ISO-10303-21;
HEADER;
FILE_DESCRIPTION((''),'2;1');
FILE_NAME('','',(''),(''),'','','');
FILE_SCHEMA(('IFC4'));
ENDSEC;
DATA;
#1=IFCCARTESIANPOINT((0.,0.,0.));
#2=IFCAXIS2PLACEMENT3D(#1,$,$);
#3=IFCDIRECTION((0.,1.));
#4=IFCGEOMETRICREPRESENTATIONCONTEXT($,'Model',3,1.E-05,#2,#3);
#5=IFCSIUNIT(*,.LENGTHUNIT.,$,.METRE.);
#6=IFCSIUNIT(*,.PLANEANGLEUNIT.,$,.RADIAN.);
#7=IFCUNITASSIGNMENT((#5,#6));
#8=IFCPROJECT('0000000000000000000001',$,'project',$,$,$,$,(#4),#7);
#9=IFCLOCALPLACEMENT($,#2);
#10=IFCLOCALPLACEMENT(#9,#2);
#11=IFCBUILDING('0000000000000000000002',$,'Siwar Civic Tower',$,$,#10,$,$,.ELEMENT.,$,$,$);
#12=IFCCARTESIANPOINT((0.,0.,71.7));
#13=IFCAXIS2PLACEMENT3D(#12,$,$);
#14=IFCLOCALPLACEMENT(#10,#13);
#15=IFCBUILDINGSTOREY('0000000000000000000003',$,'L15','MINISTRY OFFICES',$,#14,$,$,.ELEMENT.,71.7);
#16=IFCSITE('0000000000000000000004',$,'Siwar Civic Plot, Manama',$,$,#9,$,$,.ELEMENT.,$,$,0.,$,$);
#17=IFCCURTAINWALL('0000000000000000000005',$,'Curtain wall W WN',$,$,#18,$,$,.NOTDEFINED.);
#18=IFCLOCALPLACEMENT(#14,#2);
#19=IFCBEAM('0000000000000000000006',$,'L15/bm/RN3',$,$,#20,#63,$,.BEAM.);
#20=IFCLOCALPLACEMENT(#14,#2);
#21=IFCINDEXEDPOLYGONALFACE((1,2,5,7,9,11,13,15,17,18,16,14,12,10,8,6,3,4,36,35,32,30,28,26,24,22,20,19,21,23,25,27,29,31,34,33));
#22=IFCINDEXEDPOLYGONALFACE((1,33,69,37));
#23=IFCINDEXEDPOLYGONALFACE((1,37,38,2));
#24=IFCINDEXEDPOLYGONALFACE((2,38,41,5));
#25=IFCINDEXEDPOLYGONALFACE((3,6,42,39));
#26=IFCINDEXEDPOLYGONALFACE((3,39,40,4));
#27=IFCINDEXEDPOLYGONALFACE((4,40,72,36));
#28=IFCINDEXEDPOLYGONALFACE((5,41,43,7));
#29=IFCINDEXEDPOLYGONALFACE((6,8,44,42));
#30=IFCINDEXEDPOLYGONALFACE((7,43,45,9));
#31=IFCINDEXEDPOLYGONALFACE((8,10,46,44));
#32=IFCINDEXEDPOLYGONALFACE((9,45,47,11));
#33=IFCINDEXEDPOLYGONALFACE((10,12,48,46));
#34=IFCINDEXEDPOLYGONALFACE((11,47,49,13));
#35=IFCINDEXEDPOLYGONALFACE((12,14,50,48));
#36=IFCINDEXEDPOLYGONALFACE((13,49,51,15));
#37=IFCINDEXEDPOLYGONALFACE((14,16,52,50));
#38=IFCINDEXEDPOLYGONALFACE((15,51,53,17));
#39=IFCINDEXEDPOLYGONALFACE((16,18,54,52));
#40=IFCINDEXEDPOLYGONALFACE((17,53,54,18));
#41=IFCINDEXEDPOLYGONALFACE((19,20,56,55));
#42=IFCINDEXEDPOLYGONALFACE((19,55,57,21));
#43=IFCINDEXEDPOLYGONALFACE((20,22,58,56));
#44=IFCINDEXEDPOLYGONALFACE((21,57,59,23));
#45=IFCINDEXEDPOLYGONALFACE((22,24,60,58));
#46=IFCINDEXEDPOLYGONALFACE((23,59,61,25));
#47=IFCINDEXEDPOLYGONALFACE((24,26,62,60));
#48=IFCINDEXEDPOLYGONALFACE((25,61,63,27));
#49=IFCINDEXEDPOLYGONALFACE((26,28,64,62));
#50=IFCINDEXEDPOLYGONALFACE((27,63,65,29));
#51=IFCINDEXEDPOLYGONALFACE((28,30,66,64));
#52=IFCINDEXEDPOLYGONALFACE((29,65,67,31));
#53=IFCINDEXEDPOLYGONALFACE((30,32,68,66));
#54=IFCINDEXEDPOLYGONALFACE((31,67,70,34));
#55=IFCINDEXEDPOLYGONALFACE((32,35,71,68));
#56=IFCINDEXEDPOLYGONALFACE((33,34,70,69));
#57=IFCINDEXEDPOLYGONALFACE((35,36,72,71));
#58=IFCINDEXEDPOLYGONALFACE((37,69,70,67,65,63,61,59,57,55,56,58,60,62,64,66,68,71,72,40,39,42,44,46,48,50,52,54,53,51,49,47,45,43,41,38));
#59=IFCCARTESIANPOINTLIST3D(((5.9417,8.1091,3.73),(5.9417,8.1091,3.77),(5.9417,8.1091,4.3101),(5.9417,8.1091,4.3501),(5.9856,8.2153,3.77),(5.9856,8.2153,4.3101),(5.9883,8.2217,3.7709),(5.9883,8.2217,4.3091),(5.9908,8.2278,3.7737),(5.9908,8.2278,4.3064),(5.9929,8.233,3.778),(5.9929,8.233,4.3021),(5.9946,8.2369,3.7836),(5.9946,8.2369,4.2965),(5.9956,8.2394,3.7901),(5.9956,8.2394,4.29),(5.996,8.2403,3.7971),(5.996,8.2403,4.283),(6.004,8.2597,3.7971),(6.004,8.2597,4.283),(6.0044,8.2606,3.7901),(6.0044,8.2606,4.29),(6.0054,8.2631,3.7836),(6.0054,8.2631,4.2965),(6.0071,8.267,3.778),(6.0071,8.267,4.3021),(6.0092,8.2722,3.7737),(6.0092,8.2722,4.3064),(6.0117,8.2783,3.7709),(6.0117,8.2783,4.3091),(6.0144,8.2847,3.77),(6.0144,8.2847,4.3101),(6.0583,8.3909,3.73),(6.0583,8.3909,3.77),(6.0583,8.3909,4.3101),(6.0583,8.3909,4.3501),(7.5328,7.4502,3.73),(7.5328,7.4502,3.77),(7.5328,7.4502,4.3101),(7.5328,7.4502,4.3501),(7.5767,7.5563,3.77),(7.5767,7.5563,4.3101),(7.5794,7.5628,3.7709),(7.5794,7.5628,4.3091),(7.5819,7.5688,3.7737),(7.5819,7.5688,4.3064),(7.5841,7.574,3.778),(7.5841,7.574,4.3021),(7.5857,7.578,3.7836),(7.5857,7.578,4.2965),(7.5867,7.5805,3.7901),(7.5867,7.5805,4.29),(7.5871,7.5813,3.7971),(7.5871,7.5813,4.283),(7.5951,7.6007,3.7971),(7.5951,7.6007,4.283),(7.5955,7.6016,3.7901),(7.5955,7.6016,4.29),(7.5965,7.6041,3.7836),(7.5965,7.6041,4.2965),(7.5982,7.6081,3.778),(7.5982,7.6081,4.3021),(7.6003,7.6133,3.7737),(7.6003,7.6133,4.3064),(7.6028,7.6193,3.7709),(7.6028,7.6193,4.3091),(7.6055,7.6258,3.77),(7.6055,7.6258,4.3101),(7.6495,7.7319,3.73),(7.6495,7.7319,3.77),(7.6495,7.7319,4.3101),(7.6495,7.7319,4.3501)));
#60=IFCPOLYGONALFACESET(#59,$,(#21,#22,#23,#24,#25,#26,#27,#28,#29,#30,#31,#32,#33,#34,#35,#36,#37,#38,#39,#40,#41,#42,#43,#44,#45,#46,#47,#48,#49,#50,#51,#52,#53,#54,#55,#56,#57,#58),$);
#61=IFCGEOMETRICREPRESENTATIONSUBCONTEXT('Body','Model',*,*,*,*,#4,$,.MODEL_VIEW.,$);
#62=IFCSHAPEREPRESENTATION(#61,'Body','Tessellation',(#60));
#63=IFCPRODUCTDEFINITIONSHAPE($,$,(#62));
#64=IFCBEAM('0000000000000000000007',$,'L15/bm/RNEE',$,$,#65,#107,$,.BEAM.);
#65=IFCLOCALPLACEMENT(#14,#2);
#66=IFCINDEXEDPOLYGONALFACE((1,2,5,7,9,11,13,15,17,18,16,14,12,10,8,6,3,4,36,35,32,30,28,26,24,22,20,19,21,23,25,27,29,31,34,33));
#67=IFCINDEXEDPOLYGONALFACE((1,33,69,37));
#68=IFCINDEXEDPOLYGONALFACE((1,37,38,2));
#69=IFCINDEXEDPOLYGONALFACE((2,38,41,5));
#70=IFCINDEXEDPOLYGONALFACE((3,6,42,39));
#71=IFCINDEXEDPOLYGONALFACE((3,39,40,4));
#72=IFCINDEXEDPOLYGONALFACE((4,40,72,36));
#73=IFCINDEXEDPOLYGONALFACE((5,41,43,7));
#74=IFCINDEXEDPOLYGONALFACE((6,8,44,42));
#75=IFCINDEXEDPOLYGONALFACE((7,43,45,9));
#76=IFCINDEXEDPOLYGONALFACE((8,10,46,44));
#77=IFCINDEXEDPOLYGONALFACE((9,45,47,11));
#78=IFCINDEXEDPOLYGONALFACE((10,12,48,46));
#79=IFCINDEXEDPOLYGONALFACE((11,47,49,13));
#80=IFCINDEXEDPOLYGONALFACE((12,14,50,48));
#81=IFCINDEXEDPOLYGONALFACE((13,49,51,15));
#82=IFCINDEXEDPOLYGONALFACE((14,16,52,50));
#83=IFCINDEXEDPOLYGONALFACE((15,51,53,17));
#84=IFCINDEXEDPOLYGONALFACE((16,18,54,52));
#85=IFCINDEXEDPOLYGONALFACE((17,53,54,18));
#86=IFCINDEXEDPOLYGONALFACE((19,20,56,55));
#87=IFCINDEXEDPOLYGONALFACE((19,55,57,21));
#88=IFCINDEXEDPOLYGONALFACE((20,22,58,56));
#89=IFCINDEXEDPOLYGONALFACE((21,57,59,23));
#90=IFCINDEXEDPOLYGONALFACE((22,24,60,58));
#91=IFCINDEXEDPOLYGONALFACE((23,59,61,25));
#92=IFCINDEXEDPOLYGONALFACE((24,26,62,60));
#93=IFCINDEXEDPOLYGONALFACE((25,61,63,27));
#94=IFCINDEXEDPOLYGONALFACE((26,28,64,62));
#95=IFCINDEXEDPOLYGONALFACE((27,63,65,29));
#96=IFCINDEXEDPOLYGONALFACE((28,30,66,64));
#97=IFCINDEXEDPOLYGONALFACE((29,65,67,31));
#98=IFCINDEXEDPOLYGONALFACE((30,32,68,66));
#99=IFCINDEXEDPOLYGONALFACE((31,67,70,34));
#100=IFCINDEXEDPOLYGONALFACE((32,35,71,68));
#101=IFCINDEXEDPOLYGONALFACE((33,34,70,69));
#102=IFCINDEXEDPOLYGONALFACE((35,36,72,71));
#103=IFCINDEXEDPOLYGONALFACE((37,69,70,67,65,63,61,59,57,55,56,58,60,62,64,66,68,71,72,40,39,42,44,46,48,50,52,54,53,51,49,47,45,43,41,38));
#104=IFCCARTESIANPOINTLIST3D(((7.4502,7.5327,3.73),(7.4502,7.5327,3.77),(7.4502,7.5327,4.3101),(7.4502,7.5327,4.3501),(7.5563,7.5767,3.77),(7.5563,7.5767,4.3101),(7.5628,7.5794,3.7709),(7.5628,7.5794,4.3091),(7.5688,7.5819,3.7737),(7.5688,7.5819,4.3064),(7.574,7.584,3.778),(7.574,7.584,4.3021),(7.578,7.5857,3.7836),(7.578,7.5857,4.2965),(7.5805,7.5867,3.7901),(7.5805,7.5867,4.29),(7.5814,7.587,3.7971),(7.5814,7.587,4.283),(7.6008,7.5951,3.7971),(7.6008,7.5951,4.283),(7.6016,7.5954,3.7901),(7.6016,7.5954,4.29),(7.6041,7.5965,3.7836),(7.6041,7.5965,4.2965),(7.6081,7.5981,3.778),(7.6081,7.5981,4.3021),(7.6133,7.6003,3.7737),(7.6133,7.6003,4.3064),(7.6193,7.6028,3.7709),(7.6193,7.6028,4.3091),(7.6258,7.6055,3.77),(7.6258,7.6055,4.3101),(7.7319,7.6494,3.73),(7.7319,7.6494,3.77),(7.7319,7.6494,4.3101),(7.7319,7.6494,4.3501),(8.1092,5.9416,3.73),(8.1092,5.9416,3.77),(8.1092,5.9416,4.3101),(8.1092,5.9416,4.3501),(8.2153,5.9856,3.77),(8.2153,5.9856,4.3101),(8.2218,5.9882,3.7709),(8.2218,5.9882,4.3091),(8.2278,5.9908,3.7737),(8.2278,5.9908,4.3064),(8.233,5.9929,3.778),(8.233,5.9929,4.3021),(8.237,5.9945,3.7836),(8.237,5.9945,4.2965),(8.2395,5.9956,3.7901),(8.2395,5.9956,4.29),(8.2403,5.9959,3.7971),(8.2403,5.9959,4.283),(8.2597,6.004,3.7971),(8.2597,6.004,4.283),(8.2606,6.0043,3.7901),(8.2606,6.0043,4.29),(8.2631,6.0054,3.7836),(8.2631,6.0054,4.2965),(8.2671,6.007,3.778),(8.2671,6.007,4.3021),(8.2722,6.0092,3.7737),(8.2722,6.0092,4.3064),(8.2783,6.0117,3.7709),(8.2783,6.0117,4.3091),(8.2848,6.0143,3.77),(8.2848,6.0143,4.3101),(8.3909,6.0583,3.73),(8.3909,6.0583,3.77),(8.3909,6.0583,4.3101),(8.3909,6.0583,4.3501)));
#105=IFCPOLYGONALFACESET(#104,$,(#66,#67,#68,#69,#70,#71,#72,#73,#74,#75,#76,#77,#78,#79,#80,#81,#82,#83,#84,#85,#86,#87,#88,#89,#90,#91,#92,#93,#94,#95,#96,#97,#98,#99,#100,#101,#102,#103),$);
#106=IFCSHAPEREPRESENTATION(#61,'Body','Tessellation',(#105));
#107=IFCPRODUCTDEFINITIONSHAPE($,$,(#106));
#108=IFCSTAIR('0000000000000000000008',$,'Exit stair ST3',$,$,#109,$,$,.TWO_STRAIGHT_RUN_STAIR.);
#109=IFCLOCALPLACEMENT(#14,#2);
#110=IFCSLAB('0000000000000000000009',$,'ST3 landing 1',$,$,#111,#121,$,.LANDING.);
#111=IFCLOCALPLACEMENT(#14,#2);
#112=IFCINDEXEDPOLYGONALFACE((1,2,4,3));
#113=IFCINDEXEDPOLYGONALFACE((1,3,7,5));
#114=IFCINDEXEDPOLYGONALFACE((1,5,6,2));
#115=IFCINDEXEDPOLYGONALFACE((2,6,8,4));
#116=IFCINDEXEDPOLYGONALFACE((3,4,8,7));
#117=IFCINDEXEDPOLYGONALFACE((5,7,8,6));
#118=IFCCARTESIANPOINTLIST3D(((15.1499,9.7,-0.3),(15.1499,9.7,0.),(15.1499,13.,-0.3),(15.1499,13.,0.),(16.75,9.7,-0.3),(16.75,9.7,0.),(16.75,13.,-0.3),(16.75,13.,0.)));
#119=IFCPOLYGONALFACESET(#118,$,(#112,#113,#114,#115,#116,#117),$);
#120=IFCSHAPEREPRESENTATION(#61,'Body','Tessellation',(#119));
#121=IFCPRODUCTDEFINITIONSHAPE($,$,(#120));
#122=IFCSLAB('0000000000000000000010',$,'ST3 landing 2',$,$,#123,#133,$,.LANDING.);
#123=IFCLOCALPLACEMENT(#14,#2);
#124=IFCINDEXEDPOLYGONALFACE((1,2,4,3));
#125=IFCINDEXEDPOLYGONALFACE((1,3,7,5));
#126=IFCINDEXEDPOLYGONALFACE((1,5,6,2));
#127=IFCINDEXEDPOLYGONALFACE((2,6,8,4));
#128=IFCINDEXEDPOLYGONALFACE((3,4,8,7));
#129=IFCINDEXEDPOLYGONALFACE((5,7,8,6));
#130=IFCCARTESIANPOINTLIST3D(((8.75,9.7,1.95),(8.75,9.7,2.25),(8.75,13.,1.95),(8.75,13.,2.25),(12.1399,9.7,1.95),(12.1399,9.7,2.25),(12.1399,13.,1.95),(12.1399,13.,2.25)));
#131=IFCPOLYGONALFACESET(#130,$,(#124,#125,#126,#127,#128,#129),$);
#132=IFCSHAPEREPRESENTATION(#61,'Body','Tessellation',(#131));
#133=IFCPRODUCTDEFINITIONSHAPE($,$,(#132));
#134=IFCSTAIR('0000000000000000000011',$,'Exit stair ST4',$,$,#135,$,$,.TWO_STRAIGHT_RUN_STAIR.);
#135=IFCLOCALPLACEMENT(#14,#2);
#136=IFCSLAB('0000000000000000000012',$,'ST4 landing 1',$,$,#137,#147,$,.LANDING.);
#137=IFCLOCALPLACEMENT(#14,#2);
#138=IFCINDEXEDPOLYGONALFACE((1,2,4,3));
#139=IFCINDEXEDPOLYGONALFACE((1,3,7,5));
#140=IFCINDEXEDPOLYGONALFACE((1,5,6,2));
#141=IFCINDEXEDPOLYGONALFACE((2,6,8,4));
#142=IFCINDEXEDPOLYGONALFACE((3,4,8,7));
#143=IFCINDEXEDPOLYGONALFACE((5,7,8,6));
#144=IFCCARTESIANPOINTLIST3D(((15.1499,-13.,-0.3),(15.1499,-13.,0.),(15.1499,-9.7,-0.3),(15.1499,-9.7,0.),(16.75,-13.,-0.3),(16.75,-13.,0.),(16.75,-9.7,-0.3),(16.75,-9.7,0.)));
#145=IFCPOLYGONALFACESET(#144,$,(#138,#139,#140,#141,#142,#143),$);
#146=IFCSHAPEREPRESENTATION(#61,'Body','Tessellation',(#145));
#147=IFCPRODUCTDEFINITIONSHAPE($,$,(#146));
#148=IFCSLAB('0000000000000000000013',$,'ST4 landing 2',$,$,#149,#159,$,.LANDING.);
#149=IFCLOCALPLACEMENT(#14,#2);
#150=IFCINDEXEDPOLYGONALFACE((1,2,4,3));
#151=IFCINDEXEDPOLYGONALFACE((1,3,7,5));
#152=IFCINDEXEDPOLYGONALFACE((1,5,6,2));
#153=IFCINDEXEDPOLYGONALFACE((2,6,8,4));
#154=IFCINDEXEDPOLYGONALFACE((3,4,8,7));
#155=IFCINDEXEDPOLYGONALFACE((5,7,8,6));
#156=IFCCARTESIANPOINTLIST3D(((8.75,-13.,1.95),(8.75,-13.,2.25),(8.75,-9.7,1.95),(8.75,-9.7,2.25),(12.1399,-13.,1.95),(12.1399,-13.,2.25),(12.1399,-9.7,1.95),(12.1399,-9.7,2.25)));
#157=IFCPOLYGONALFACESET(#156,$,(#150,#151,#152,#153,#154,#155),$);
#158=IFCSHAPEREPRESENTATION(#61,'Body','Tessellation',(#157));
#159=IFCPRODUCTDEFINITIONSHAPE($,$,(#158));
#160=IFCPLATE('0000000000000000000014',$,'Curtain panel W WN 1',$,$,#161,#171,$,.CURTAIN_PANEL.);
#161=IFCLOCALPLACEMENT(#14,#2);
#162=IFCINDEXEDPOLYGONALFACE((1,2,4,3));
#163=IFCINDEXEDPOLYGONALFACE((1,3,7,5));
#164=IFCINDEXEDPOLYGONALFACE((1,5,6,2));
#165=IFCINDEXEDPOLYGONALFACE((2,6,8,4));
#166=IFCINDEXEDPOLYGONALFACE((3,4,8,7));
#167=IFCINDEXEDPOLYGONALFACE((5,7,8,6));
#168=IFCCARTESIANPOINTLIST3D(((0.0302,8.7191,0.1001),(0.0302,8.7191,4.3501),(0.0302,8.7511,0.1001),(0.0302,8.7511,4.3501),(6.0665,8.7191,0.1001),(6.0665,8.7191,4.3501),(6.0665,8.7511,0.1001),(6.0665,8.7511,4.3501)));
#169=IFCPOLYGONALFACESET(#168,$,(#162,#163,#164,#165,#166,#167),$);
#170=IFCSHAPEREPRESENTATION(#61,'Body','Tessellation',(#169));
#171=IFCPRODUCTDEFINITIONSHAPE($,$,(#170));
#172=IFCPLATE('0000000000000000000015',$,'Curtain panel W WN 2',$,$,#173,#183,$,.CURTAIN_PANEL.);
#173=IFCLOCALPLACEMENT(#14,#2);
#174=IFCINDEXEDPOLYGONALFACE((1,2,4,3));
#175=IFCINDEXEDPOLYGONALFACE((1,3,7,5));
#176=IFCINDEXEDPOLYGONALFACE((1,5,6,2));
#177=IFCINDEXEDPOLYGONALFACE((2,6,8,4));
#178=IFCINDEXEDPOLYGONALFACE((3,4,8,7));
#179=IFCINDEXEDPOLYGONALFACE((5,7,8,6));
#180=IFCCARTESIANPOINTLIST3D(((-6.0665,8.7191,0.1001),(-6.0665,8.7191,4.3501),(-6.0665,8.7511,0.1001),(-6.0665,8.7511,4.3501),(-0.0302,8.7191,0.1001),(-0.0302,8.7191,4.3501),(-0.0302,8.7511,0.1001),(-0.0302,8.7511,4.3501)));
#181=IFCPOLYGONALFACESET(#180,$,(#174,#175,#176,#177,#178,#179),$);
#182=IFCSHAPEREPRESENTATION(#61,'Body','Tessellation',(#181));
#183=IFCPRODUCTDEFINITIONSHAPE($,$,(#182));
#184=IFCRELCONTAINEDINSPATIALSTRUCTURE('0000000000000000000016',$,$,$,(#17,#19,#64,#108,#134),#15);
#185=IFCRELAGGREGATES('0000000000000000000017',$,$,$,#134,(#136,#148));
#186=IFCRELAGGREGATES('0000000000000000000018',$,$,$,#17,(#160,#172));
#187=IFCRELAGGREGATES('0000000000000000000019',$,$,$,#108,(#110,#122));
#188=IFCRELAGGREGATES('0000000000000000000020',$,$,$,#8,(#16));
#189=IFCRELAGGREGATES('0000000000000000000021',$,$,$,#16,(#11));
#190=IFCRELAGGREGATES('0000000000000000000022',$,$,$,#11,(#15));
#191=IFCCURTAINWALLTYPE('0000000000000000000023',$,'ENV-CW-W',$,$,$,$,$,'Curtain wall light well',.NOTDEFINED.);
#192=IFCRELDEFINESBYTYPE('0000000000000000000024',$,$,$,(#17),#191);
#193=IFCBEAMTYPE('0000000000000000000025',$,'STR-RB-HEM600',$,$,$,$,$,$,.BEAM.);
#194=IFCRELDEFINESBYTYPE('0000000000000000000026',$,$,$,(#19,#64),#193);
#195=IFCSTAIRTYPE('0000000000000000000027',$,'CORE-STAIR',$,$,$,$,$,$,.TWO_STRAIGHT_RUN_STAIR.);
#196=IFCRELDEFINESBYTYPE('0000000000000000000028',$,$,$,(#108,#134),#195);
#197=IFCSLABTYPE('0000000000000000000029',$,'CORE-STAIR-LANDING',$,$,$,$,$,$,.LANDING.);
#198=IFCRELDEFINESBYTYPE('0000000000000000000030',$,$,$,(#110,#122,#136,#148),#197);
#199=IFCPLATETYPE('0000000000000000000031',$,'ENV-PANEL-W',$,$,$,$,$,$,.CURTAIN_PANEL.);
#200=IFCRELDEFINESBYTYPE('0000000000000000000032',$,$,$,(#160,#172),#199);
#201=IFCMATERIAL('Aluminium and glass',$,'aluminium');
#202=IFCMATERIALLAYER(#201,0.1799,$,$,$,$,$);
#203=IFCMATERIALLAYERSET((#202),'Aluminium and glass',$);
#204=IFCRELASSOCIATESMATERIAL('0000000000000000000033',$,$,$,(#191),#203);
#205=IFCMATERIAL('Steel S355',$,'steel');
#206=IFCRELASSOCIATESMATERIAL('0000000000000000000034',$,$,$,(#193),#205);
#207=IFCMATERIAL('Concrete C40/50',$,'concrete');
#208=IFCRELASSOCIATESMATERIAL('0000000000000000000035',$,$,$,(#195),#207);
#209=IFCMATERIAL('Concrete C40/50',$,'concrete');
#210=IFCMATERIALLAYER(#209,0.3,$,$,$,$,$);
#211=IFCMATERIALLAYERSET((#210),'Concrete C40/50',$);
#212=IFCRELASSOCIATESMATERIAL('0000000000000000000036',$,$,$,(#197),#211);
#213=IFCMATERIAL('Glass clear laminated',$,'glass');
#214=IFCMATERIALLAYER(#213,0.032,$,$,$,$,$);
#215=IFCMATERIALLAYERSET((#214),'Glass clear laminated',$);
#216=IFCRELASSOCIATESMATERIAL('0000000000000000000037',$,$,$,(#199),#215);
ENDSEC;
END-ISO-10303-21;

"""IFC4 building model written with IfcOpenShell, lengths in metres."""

from ifc_helpers import new_model, si_unit, direction, frame, origin, origin_2d, place, context, subcontext, project, spatial, polyline, rectangle, i_section, outline, extrude, material, layer, layer_set, material_profile, profile_set, type_object, element, aggregate, save


model = new_model("IFC4")

# Units and contexts
model_context = context("Model", 3, precision=1e-05, world=origin(), true_north=direction((0.0, 1.0)))
body_context = subcontext(model_context, "Body", "Model", "MODEL_VIEW")
ifc_project = project(units=[si_unit("LENGTHUNIT", "METRE"), si_unit("PLANEANGLEUNIT", "RADIAN")], contexts=[model_context])

# Site, building, storey
site_placement = place(None, origin())
site = spatial("IfcSite", under=ifc_project, at=site_placement, Name="Siwar Civic Plot, Manama", CompositionType="ELEMENT", RefElevation=0.0)
building_placement = place(site_placement, origin())
building = spatial("IfcBuilding", under=site, at=building_placement, Name="Siwar Civic Tower", CompositionType="ELEMENT")
storey_placement = place(building_placement, frame((0.0, 0.0, 71.7)))
storey = spatial("IfcBuildingStorey", under=building, at=storey_placement, Name="L15", Description="MINISTRY OFFICES", CompositionType="ELEMENT", Elevation=71.7)

# Curtain wall
ifc_material_1 = material(Name="Aluminium and glass", Category="aluminium")
ifc_layer_1 = layer(ifc_material_1, 0.1799)
ifc_layer_set_1 = layer_set([ifc_layer_1], Name="Aluminium and glass")
curtain_wall_type = type_object("IfcCurtainWallType", Name="ENV-CW-W", ElementType="Curtain wall light well", PredefinedType="NOTDEFINED", material=ifc_layer_set_1)
curtain_wall_placement = place(storey_placement, origin())
curtain_wall = element("IfcCurtainWall", 1, at=curtain_wall_placement, inside=storey, type_object=curtain_wall_type, Name="Curtain wall W WN", PredefinedType="NOTDEFINED")

# Beams
ifc_material_2 = material(Name="Steel S355", Category="steel")
ifc_material_profile_1 = material_profile(ifc_material_2, i_section(OverallWidth=0.3049, OverallDepth=0.6201, WebThickness=0.021, FlangeThickness=0.04, FilletRadius=0.0271, at=origin_2d()), Name="HEM600")
ifc_profile_set_1 = profile_set([ifc_material_profile_1], Name="Steel S355")
beam_type_1 = type_object("IfcBeamType", Name="STR-RB-HEM600", PredefinedType="BEAM", material=ifc_profile_set_1)
for number, where, z_axis, x_axis, name in (
    (2, (6.0, 8.25, 4.04), (0.923901, -0.382631, 0.0), (0.382631, 0.923901, 0.0), "L15/bm/RN3"),
    (3, (7.5911, 7.5911, 4.04), (0.382631, -0.923901, 0.0), (0.923901, 0.382631, 0.0), "L15/bm/RNEE"),
):
    element("IfcBeam", number, at=place(storey_placement, frame(where, z_axis=z_axis, x_axis=x_axis)), inside=storey, type_object=beam_type_1, Name=name, PredefinedType="BEAM", context=body_context, shape_type="SweptSolid", body=[
        extrude(i_section(OverallWidth=0.3049, OverallDepth=0.6201, WebThickness=0.021, FlangeThickness=0.04, FilletRadius=0.0271, at=origin_2d()), origin(), (0.0, 0.0, 1.0), 1.7222),
    ])

# Stairs, slabs
ifc_material_3 = material(Name="Concrete C40/50", Category="concrete")
stair_type = type_object("IfcStairType", Name="CORE-STAIR", PredefinedType="TWO_STRAIGHT_RUN_STAIR", material=ifc_material_3)
stair_1_placement = place(storey_placement, origin())
stair_1 = element("IfcStair", 4, at=stair_1_placement, inside=storey, type_object=stair_type, Name="Exit stair ST3", PredefinedType="TWO_STRAIGHT_RUN_STAIR")
ifc_material_4 = material(Name="Concrete C40/50", Category="concrete")
ifc_layer_2 = layer(ifc_material_4, 0.3)
ifc_layer_set_2 = layer_set([ifc_layer_2], Name="Concrete C40/50")
slab_type_1 = type_object("IfcSlabType", Name="CORE-STAIR-LANDING", PredefinedType="LANDING", material=ifc_layer_set_2)
slab_1_placement = place(storey_placement, frame((0.0, 0.0, -0.3)))
slab_1 = element("IfcSlab", 5, at=slab_1_placement, type_object=slab_type_1, Name="ST3 landing 1", PredefinedType="LANDING", context=body_context, shape_type="SweptSolid", body=[
    extrude(outline(polyline([(15.1499, 9.7), (16.75, 9.7), (16.75, 13.0), (15.1499, 13.0), (15.1499, 9.7)])), origin(), (0.0, 0.0, 1.0), 0.3),
])
slab_2_placement = place(storey_placement, frame((0.0, 0.0, 1.95)))
slab_2 = element("IfcSlab", 6, at=slab_2_placement, type_object=slab_type_1, Name="ST3 landing 2", PredefinedType="LANDING", context=body_context, shape_type="SweptSolid", body=[
    extrude(outline(polyline([(8.75, 9.7), (12.1399, 9.7), (12.1399, 13.0), (8.75, 13.0), (8.75, 9.7)])), origin(), (0.0, 0.0, 1.0), 0.3),
])
stair_2_placement = place(storey_placement, origin())
stair_2 = element("IfcStair", 7, at=stair_2_placement, inside=storey, type_object=stair_type, Name="Exit stair ST4", PredefinedType="TWO_STRAIGHT_RUN_STAIR")
slab_3_placement = place(storey_placement, frame((0.0, 0.0, -0.3)))
slab_3 = element("IfcSlab", 8, at=slab_3_placement, type_object=slab_type_1, Name="ST4 landing 1", PredefinedType="LANDING", context=body_context, shape_type="SweptSolid", body=[
    extrude(outline(polyline([(15.1499, -13.0), (16.75, -13.0), (16.75, -9.7), (15.1499, -9.7), (15.1499, -13.0)])), origin(), (0.0, 0.0, 1.0), 0.3),
])
slab_4_placement = place(storey_placement, frame((0.0, 0.0, 1.95)))
slab_4 = element("IfcSlab", 9, at=slab_4_placement, type_object=slab_type_1, Name="ST4 landing 2", PredefinedType="LANDING", context=body_context, shape_type="SweptSolid", body=[
    extrude(outline(polyline([(8.75, -13.0), (12.1399, -13.0), (12.1399, -9.7), (8.75, -9.7), (8.75, -13.0)])), origin(), (0.0, 0.0, 1.0), 0.3),
])
aggregate(stair_2, [slab_3, slab_4])

# Plates
ifc_material_5 = material(Name="Glass clear laminated", Category="glass")
ifc_layer_3 = layer(ifc_material_5, 0.032)
ifc_layer_set_3 = layer_set([ifc_layer_3], Name="Glass clear laminated")
plate_type = type_object("IfcPlateType", Name="ENV-PANEL-W", PredefinedType="CURTAIN_PANEL", material=ifc_layer_set_3)
plate_1_placement = place(storey_placement, frame((3.0483, 8.7351, 0.1001), z_axis=(0.0, 0.0, 1.0), x_axis=(-1.0, 0.0, 0.0)))
plate_1 = element("IfcPlate", 10, at=plate_1_placement, type_object=plate_type, Name="Curtain panel W WN 1", PredefinedType="CURTAIN_PANEL", context=body_context, shape_type="SweptSolid", body=[
    extrude(rectangle(XDim=6.0364, YDim=0.032, at=origin_2d()), origin(), (0.0, 0.0, 1.0), 4.25),
])
plate_2_placement = place(storey_placement, frame((-3.0483, 8.7351, 0.1001), z_axis=(0.0, 0.0, 1.0), x_axis=(-1.0, 0.0, 0.0)))
plate_2 = element("IfcPlate", 11, at=plate_2_placement, type_object=plate_type, Name="Curtain panel W WN 2", PredefinedType="CURTAIN_PANEL", context=body_context, shape_type="SweptSolid", body=[
    extrude(rectangle(XDim=6.0364, YDim=0.032, at=origin_2d()), origin(), (0.0, 0.0, 1.0), 4.25),
])
aggregate(curtain_wall, [plate_1, plate_2])

aggregate(stair_1, [slab_1, slab_2])

save(model, "model.ifc")
